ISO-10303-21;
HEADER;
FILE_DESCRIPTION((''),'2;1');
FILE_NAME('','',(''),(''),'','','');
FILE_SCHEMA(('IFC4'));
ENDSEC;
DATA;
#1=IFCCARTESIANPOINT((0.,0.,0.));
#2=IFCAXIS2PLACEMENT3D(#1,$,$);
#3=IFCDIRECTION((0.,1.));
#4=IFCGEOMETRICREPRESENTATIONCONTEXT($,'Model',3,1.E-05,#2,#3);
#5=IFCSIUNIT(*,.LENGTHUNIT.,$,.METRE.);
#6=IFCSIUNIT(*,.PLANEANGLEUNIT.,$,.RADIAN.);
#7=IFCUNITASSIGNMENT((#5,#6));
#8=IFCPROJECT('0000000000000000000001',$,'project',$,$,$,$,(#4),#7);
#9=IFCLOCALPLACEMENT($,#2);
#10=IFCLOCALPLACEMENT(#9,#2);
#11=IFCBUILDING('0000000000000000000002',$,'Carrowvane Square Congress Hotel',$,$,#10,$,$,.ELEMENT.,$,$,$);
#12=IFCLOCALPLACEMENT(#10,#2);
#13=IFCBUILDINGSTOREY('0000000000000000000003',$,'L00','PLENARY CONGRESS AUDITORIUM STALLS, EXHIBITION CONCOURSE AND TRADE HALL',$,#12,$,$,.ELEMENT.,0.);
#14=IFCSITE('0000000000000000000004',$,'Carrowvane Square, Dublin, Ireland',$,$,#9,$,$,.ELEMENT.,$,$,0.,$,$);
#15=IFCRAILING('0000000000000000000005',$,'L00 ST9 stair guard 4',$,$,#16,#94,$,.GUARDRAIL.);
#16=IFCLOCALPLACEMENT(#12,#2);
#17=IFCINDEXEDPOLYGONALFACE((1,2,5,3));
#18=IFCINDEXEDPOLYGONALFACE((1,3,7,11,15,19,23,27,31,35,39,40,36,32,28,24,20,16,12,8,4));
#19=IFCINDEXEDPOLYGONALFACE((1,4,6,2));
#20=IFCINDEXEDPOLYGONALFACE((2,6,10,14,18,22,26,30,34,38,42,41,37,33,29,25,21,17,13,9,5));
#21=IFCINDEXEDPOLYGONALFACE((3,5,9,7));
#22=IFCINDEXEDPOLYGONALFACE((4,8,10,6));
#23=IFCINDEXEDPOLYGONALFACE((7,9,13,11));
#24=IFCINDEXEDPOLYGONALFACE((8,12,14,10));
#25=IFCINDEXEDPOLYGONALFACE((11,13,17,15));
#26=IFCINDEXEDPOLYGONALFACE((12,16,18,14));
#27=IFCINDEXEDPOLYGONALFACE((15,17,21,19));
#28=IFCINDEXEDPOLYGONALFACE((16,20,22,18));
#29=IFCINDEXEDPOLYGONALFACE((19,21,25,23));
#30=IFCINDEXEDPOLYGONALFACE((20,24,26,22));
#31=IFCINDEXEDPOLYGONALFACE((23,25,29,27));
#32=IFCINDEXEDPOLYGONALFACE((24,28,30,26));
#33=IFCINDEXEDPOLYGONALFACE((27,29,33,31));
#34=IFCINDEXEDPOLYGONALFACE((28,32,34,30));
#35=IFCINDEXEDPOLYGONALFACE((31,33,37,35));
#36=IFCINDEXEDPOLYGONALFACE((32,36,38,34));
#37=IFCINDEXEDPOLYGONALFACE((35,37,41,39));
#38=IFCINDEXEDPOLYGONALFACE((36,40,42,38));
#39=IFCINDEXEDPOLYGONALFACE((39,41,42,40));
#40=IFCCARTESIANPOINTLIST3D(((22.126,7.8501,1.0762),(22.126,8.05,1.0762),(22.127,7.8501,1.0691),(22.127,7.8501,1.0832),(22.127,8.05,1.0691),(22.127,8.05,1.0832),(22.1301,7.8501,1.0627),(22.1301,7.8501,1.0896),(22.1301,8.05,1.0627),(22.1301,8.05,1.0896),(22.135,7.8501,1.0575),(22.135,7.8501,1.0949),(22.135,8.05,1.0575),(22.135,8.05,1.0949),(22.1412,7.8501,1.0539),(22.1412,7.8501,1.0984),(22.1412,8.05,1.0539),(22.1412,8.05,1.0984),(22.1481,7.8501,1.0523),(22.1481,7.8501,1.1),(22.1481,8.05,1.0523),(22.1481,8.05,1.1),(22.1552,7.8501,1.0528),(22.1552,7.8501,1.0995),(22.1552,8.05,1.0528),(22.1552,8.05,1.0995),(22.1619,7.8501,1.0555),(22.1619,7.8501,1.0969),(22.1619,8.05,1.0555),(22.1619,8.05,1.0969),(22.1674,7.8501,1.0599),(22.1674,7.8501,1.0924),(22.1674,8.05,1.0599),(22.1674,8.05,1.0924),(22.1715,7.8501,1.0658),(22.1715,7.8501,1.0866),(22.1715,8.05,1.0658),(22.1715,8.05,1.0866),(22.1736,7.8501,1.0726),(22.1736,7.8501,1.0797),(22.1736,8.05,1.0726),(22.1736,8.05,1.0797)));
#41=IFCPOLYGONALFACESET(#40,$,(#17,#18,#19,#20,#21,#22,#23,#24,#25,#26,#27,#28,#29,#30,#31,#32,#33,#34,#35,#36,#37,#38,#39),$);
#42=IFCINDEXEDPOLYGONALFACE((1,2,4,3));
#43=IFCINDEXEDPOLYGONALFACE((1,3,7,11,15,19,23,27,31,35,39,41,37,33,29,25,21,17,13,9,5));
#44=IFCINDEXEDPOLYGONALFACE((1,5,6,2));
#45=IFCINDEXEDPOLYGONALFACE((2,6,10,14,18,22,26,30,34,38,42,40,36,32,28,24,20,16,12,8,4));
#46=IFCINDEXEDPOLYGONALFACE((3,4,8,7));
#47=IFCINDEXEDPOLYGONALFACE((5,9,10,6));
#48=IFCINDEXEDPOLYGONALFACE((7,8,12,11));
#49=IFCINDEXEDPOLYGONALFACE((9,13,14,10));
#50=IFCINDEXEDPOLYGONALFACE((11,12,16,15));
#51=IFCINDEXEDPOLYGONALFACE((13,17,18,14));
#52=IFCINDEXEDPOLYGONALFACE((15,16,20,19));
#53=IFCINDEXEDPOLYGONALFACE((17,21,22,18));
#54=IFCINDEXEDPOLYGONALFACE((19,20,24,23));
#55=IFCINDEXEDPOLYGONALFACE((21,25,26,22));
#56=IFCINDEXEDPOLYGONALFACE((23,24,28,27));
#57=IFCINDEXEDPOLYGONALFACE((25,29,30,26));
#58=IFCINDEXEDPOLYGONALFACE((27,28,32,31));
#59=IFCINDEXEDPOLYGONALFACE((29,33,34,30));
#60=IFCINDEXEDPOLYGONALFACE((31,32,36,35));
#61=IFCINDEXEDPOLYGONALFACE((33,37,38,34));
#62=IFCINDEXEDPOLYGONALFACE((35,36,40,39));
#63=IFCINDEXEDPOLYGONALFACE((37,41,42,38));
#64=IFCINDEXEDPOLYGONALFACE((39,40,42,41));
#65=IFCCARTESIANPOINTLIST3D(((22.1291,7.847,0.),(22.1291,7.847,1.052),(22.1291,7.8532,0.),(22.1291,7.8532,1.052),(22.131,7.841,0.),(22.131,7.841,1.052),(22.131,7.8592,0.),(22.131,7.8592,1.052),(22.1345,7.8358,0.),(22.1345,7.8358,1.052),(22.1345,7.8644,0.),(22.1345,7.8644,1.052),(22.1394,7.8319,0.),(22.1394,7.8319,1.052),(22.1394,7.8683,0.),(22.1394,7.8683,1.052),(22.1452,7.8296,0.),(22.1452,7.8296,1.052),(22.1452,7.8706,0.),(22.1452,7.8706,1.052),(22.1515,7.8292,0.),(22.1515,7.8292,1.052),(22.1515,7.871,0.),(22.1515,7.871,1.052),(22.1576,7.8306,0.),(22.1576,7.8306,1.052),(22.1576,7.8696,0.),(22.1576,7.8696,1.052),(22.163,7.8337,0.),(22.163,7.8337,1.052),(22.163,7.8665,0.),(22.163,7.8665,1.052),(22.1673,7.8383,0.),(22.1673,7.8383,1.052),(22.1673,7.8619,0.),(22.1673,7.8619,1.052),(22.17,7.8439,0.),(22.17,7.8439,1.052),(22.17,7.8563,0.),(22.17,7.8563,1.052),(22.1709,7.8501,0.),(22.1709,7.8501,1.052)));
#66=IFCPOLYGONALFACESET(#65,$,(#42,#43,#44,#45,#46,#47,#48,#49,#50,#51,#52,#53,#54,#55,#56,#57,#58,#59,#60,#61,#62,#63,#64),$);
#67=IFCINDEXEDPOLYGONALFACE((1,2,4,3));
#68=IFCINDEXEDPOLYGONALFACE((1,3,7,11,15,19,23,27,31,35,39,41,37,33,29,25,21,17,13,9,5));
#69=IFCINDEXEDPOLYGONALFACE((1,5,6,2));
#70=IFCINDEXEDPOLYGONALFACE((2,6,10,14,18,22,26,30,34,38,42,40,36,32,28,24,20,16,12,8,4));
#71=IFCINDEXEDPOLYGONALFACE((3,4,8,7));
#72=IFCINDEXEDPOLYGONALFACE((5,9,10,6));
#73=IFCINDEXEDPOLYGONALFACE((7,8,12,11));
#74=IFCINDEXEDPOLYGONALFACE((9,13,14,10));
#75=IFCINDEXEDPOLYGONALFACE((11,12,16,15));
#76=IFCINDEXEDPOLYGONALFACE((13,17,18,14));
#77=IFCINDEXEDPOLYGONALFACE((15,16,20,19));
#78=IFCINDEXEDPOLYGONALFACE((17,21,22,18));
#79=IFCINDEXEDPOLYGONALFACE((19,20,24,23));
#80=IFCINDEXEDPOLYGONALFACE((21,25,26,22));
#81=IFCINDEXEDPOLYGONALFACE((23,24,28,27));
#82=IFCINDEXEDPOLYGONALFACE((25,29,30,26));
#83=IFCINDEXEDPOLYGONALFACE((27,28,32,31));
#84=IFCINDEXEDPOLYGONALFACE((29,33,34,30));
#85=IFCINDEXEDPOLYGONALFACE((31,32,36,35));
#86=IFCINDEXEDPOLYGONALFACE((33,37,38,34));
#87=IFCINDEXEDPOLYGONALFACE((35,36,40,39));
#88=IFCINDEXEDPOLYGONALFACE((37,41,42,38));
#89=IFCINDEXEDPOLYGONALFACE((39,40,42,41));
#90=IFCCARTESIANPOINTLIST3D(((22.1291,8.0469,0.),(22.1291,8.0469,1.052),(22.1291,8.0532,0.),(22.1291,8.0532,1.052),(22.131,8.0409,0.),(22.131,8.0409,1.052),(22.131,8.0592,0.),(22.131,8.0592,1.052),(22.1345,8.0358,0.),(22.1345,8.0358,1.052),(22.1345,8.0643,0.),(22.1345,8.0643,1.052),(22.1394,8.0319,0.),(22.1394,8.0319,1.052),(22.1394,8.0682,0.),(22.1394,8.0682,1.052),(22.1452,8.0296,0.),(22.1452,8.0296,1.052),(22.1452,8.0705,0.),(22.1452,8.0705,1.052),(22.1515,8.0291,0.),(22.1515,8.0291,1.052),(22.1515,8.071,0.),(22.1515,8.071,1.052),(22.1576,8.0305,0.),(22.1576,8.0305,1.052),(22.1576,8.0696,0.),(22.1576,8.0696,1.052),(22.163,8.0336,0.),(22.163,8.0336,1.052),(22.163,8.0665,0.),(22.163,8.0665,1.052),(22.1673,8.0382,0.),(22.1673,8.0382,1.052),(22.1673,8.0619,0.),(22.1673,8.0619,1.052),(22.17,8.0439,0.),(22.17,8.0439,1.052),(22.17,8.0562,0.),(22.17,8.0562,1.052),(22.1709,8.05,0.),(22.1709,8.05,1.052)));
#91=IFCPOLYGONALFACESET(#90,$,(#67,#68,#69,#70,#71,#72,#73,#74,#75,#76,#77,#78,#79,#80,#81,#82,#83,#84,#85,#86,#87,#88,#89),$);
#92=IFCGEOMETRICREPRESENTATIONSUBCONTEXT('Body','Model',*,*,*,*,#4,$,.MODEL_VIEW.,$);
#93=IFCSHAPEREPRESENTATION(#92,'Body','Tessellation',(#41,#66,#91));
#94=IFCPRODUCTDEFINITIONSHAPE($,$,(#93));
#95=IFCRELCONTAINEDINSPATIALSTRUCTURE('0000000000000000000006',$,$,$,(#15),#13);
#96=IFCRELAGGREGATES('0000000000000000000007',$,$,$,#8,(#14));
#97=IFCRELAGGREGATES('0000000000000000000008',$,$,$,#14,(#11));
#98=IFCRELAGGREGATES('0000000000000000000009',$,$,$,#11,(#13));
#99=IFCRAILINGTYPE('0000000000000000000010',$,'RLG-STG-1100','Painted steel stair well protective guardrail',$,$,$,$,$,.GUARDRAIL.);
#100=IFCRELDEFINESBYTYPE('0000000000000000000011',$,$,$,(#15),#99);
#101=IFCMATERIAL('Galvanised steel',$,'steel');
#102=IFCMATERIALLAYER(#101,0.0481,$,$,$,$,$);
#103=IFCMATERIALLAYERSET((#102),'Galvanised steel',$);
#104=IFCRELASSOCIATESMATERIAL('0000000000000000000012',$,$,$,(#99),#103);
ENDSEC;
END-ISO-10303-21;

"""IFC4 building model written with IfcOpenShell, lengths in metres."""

from ifc_helpers import new_model, si_unit, direction, frame, origin, origin_2d, place, context, subcontext, project, spatial, circle, extrude, material, layer, layer_set, type_object, element, save


model = new_model("IFC4")

# Units and contexts
model_context = context("Model", 3, precision=1e-05, world=origin(), true_north=direction((0.0, 1.0)))
body_context = subcontext(model_context, "Body", "Model", "MODEL_VIEW")
ifc_project = project(units=[si_unit("LENGTHUNIT", "METRE"), si_unit("PLANEANGLEUNIT", "RADIAN")], contexts=[model_context])

# Site, building, storey
site_placement = place(None, origin())
site = spatial("IfcSite", under=ifc_project, at=site_placement, Name="Carrowvane Square, Dublin, Ireland", CompositionType="ELEMENT", RefElevation=0.0)
building_placement = place(site_placement, origin())
building = spatial("IfcBuilding", under=site, at=building_placement, Name="Carrowvane Square Congress Hotel", CompositionType="ELEMENT")
storey_placement = place(building_placement, origin())
storey = spatial("IfcBuildingStorey", under=building, at=storey_placement, Name="L00", Description="PLENARY CONGRESS AUDITORIUM STALLS, EXHIBITION CONCOURSE AND TRADE HALL", CompositionType="ELEMENT", Elevation=0.0)

# Railing
ifc_material_1 = material(Name="Galvanised steel", Category="steel")
ifc_layer_1 = layer(ifc_material_1, 0.0481)
ifc_layer_set_1 = layer_set([ifc_layer_1], Name="Galvanised steel")
railing_type_1 = type_object("IfcRailingType", Name="RLG-STG-1100", Description="Painted steel stair well protective guardrail", PredefinedType="GUARDRAIL", material=ifc_layer_set_1)
railing_1_placement = place(storey_placement, frame((22.1499, 7.8501, 0.0)))
element("IfcRailing", 1, at=railing_1_placement, inside=storey, type_object=railing_type_1, Name="L00 ST9 stair guard 4", PredefinedType="GUARDRAIL", context=body_context, shape_type="SweptSolid", body=[
    extrude(circle(Radius=0.0239, at=origin_2d()), frame((0.0, 0.0, 1.0762), z_axis=(0.0, 1.0, 0.0), x_axis=(-1.0, 0.0, 0.0)), (0.0, 0.0, 1.0), 0.2),
    extrude(circle(Radius=0.021, at=origin_2d()), origin(), (0.0, 0.0, 1.0), 1.052),
    extrude(circle(Radius=0.021, at=origin_2d()), frame((0.0, 0.2, 0.0)), (0.0, 0.0, 1.0), 1.052),
])

save(model, "model.ifc")
